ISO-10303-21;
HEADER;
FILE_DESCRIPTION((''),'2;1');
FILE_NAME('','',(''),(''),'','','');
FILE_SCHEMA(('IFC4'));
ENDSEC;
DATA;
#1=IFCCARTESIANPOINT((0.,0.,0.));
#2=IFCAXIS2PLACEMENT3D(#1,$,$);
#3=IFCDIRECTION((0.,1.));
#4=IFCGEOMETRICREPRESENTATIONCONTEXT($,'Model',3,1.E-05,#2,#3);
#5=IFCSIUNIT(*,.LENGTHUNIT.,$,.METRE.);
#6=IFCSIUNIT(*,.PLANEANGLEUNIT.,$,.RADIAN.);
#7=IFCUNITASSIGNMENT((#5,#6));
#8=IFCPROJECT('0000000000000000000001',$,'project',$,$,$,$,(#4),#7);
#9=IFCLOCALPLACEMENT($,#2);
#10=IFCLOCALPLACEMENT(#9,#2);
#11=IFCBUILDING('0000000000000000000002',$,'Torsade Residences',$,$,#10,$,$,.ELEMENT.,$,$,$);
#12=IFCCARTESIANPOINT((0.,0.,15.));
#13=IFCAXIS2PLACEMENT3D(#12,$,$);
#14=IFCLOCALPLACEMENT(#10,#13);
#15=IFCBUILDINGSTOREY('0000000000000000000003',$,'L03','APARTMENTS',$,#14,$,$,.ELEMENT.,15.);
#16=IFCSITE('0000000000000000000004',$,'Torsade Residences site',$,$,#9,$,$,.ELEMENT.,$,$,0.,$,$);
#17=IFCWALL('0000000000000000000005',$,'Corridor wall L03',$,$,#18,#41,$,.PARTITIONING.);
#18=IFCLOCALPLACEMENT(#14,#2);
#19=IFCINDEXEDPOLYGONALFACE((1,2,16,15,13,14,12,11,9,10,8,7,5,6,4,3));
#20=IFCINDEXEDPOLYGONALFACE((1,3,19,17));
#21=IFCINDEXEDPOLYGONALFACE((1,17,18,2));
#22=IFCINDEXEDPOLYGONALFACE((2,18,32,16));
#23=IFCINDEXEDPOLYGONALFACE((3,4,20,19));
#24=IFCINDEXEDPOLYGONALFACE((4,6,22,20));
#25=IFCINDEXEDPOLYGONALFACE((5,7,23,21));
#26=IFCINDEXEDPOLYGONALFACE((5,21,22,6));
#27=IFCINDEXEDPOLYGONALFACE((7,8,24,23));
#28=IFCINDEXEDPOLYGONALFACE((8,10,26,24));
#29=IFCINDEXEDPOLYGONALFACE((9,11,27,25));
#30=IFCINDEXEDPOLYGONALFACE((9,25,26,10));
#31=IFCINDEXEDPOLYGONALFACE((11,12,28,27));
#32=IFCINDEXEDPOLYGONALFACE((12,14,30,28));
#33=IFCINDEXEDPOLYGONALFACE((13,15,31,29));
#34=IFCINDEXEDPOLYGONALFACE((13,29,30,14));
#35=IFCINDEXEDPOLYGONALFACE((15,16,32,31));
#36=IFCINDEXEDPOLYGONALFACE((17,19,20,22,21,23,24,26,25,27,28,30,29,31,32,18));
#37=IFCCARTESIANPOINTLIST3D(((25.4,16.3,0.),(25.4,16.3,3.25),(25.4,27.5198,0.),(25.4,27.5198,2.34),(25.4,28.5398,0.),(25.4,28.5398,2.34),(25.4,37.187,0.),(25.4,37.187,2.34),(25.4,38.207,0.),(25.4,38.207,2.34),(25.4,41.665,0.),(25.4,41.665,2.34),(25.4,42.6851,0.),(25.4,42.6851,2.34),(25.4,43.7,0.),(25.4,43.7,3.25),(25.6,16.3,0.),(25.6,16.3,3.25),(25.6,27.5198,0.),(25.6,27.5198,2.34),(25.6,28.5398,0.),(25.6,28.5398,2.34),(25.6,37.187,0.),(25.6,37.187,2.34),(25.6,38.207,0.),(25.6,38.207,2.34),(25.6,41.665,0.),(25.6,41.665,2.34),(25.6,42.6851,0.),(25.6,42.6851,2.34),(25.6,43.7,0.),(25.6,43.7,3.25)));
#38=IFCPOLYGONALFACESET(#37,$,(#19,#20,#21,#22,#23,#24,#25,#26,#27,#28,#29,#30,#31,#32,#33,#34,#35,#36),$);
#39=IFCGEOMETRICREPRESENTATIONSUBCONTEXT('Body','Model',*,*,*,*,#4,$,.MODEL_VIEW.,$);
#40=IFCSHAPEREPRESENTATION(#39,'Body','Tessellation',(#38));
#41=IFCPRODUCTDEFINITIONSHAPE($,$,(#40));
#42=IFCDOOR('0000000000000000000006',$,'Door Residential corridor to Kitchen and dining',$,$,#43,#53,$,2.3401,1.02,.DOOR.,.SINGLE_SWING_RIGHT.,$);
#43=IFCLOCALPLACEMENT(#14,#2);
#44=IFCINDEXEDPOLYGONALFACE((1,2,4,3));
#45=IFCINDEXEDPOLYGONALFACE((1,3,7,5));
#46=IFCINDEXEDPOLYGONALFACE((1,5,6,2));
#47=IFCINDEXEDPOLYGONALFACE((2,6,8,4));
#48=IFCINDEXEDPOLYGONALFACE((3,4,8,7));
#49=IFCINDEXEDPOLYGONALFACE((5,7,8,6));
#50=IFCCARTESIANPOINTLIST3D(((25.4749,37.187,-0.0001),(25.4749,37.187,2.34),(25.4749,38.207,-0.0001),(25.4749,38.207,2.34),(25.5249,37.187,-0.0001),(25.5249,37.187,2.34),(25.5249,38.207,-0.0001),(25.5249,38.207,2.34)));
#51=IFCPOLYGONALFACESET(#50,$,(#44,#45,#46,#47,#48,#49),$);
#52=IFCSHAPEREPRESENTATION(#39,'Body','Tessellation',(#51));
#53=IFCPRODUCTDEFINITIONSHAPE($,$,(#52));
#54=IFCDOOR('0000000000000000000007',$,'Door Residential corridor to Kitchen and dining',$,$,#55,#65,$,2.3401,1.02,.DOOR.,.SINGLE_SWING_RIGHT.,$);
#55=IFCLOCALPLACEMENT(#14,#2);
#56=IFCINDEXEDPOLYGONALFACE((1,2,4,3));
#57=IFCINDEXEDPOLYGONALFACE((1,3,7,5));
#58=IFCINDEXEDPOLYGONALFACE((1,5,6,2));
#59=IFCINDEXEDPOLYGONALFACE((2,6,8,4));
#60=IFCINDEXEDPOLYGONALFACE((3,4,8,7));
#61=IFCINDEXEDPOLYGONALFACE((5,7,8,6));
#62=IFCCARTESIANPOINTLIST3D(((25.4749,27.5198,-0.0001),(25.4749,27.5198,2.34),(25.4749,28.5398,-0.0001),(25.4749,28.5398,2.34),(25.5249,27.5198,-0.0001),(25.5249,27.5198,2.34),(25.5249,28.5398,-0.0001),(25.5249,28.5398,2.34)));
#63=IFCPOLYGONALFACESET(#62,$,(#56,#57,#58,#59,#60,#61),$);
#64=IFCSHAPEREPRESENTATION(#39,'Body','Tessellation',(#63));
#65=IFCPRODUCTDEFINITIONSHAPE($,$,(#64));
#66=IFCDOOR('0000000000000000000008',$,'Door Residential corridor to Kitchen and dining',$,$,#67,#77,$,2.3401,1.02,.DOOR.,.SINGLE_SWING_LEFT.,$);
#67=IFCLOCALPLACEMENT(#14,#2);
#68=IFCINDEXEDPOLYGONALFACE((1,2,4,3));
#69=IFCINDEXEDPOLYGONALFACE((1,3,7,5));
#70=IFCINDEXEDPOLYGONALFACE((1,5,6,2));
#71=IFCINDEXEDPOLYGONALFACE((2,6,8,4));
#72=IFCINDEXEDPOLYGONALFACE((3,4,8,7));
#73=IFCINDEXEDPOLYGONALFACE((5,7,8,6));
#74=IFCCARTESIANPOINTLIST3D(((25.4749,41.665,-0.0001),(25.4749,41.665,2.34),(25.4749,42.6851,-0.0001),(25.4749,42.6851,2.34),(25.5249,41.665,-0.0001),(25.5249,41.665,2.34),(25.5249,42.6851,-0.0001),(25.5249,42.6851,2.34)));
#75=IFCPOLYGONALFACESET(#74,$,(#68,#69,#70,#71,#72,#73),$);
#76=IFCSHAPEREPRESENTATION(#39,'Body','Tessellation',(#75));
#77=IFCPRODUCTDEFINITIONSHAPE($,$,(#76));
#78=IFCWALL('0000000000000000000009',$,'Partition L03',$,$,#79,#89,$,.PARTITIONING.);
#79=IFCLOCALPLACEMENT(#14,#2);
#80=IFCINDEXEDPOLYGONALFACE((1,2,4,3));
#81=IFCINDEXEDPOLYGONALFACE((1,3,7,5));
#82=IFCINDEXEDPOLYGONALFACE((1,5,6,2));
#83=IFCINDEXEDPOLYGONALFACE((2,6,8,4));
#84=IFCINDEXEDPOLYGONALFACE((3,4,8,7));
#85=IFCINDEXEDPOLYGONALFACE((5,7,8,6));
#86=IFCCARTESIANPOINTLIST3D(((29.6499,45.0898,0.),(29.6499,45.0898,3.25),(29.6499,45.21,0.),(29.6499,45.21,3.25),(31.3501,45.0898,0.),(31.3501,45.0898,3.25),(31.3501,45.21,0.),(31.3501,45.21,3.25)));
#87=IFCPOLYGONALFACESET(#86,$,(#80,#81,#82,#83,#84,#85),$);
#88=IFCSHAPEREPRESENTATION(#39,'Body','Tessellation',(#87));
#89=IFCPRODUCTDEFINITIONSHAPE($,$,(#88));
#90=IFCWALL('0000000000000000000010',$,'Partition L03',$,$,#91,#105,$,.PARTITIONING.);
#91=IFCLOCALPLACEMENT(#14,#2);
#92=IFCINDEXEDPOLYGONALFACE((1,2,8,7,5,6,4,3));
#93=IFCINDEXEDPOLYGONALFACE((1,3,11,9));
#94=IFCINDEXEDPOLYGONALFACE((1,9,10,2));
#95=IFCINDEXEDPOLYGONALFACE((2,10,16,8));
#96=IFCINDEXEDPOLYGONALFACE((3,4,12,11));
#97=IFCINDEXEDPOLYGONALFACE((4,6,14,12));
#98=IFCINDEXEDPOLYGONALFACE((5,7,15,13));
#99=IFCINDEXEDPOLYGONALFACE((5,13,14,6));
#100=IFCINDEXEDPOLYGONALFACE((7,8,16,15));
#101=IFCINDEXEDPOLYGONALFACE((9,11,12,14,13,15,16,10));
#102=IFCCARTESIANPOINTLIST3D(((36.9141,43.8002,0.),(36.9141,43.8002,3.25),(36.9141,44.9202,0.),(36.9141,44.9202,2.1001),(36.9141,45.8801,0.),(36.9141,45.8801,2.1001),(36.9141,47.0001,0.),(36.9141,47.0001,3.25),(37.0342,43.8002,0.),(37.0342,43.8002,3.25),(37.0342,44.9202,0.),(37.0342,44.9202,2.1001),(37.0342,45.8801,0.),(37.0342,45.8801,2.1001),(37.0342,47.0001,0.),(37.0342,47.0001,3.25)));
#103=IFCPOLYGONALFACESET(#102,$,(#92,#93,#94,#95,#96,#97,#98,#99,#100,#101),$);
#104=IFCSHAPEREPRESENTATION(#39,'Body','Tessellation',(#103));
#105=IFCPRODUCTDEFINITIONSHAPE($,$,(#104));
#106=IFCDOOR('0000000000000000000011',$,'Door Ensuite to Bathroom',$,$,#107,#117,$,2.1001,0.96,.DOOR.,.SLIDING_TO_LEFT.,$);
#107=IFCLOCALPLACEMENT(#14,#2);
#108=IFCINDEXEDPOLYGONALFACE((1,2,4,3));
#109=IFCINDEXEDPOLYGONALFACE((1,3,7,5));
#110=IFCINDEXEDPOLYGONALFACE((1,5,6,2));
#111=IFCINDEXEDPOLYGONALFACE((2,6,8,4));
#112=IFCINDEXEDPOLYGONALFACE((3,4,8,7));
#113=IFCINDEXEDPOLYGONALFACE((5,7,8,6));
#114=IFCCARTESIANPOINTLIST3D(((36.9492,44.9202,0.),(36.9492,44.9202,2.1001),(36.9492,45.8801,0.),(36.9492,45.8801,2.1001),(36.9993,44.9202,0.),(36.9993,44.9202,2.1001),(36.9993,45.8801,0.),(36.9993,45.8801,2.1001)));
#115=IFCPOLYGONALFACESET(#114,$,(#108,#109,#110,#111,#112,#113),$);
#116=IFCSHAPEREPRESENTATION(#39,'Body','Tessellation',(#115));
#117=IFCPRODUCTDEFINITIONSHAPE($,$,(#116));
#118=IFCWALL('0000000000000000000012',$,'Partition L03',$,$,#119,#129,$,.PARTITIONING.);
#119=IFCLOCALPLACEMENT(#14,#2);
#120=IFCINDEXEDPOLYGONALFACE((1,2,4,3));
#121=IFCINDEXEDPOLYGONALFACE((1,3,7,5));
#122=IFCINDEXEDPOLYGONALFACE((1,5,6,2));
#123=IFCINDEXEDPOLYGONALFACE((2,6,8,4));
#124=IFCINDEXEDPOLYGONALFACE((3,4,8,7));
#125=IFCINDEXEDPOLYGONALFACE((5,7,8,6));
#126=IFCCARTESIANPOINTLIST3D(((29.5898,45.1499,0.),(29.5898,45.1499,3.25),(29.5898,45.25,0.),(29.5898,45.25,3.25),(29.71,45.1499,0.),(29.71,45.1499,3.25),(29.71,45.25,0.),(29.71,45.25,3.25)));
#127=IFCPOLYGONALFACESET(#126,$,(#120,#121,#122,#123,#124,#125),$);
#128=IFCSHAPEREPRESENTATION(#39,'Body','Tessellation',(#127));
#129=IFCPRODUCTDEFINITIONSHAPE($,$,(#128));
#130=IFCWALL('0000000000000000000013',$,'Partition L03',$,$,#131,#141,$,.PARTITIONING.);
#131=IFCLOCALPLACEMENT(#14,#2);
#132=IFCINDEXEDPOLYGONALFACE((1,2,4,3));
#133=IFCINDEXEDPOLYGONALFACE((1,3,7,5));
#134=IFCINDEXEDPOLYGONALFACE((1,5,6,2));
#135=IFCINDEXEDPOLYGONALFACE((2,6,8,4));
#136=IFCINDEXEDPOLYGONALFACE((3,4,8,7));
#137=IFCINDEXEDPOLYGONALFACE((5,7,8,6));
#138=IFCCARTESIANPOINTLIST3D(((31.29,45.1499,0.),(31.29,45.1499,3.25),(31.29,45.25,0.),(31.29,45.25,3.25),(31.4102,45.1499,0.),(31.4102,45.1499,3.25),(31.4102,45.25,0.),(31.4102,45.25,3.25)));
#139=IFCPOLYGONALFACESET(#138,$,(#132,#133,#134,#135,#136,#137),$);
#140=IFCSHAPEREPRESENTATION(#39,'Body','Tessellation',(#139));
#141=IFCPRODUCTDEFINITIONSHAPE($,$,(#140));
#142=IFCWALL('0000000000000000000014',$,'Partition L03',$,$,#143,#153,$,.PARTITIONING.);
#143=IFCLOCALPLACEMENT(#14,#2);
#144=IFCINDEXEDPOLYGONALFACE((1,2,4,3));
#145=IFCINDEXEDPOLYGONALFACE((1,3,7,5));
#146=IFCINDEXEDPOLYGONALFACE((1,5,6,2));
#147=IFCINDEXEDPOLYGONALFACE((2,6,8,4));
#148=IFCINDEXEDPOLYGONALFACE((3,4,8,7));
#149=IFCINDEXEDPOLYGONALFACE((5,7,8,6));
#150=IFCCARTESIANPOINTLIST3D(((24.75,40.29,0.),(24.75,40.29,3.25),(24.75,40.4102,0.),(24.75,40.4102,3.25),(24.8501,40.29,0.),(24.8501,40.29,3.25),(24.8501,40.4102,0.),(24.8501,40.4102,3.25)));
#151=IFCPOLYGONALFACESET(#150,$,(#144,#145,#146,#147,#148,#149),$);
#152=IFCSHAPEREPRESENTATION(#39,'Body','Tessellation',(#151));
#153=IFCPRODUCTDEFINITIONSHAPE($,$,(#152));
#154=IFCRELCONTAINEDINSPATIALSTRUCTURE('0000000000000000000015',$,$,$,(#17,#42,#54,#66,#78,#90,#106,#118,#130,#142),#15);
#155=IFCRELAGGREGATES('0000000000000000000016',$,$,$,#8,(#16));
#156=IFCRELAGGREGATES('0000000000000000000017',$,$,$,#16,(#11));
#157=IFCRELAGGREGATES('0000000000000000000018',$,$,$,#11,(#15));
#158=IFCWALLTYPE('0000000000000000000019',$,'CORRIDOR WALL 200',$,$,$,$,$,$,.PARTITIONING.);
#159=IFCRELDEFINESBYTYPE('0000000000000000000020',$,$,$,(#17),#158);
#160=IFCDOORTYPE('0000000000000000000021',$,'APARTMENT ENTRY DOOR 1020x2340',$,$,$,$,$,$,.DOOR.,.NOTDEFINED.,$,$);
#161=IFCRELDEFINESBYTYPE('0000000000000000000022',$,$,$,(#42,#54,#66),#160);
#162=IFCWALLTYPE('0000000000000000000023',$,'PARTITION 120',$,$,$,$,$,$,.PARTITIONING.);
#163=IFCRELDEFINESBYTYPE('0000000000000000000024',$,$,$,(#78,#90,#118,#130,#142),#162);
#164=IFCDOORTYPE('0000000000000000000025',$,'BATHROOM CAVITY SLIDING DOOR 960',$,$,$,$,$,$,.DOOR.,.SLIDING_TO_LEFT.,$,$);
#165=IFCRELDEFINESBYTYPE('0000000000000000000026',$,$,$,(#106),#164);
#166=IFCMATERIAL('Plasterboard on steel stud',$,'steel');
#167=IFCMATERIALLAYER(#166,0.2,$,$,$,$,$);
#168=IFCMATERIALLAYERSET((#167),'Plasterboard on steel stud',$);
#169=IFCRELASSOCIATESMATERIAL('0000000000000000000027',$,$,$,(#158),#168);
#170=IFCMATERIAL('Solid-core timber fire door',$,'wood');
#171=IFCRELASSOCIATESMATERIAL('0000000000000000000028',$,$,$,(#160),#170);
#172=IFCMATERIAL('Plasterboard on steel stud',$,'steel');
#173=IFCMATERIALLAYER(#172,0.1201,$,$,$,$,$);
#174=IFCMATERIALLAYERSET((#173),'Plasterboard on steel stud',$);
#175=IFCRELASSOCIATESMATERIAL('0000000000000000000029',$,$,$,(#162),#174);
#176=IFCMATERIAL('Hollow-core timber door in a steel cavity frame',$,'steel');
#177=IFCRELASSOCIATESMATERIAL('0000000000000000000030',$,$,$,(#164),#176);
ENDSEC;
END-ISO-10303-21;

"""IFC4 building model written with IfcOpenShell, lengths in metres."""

from ifc_helpers import new_model, si_unit, direction, frame, frame_2d, origin, place, context, subcontext, project, spatial, rectangle, extrude, material, layer, layer_set, type_object, element, fill, save


model = new_model("IFC4")

# Units and contexts
model_context = context("Model", 3, precision=1e-05, world=origin(), true_north=direction((0.0, 1.0)))
body_context = subcontext(model_context, "Body", "Model", "MODEL_VIEW")
ifc_project = project(units=[si_unit("LENGTHUNIT", "METRE"), si_unit("PLANEANGLEUNIT", "RADIAN")], contexts=[model_context])

# Site, building, storey
site_placement = place(None, origin())
site = spatial("IfcSite", under=ifc_project, at=site_placement, Name="Torsade Residences site", CompositionType="ELEMENT", RefElevation=0.0)
building_placement = place(site_placement, origin())
building = spatial("IfcBuilding", under=site, at=building_placement, Name="Torsade Residences", CompositionType="ELEMENT")
storey_placement = place(building_placement, frame((0.0, 0.0, 15.0)))
storey = spatial("IfcBuildingStorey", under=building, at=storey_placement, Name="L03", Description="APARTMENTS", CompositionType="ELEMENT", Elevation=15.0)

# Wall, openings, doors
ifc_material_1 = material(Name="Plasterboard on steel stud", Category="steel")
ifc_layer_1 = layer(ifc_material_1, 0.2)
ifc_layer_set_1 = layer_set([ifc_layer_1], Name="Plasterboard on steel stud")
wall_type_1 = type_object("IfcWallType", Name="CORRIDOR WALL 200", PredefinedType="PARTITIONING", material=ifc_layer_set_1)
wall_1_placement = place(storey_placement, frame((25.5, 43.7, 0.0), z_axis=(0.0, 0.0, 1.0), x_axis=(0.0, -1.0, 0.0)))
wall_1 = element("IfcWall", 1, at=wall_1_placement, inside=storey, type_object=wall_type_1, Name="Corridor wall L03", PredefinedType="PARTITIONING", context=body_context, shape_type="SweptSolid", body=[
    extrude(rectangle(XDim=27.3999, YDim=0.2, at=frame_2d((13.7, 0.0))), origin(), (0.0, 0.0, 1.0), 3.25),
])
opening_1_placement = place(wall_1_placement, frame((5.4929, 0.0, 0.0)))
opening_1 = element("IfcOpeningElement", 2, at=opening_1_placement, cuts=wall_1, PredefinedType="OPENING", context=body_context, shape_type="SweptSolid", body=[
    extrude(rectangle(XDim=1.02, YDim=2.3401, at=frame_2d((0.51, 1.1699))), frame((0.0, 0.1099, 0.0), z_axis=(0.0, -1.0, 0.0), x_axis=(1.0, 0.0, 0.0)), (0.0, 0.0, 1.0), 0.22),
])
opening_2_placement = place(wall_1_placement, frame((15.1602, 0.0, 0.0)))
opening_2 = element("IfcOpeningElement", 3, at=opening_2_placement, cuts=wall_1, PredefinedType="OPENING", context=body_context, shape_type="SweptSolid", body=[
    extrude(rectangle(XDim=1.02, YDim=2.3401, at=frame_2d((0.51, 1.1699))), frame((0.0, 0.1099, 0.0), z_axis=(0.0, -1.0, 0.0), x_axis=(1.0, 0.0, 0.0)), (0.0, 0.0, 1.0), 0.22),
])
opening_3_placement = place(wall_1_placement, frame((1.0149, 0.0, 0.0)))
opening_3 = element("IfcOpeningElement", 4, at=opening_3_placement, cuts=wall_1, PredefinedType="OPENING", context=body_context, shape_type="SweptSolid", body=[
    extrude(rectangle(XDim=1.02, YDim=2.3401, at=frame_2d((0.51, 1.1699))), frame((0.0, 0.1099, 0.0), z_axis=(0.0, -1.0, 0.0), x_axis=(1.0, 0.0, 0.0)), (0.0, 0.0, 1.0), 0.22),
])
ifc_material_2 = material(Name="Solid-core timber fire door", Category="wood")
door_type_1 = type_object("IfcDoorType", Name="APARTMENT ENTRY DOOR 1020x2340", OperationType="NOTDEFINED", PredefinedType="DOOR", material=ifc_material_2)
door_1_placement = place(opening_1_placement, origin())
door_1 = element("IfcDoor", 5, at=door_1_placement, inside=storey, type_object=door_type_1, Name="Door Residential corridor to Kitchen and dining", OperationType="SINGLE_SWING_RIGHT", OverallHeight=2.3401, OverallWidth=1.02, PredefinedType="DOOR", context=body_context, shape_type="SweptSolid", body=[
    extrude(rectangle(XDim=1.02, YDim=2.3401, at=frame_2d((0.51, 1.1699))), frame((0.0, 0.0249, 0.0), z_axis=(0.0, -1.0, 0.0), x_axis=(1.0, 0.0, 0.0)), (0.0, 0.0, 1.0), 0.05),
])
fill(opening_1, door_1)
door_2_placement = place(opening_2_placement, origin())
door_2 = element("IfcDoor", 6, at=door_2_placement, inside=storey, type_object=door_type_1, Name="Door Residential corridor to Kitchen and dining", OperationType="SINGLE_SWING_RIGHT", OverallHeight=2.3401, OverallWidth=1.02, PredefinedType="DOOR", context=body_context, shape_type="SweptSolid", body=[
    extrude(rectangle(XDim=1.02, YDim=2.3401, at=frame_2d((0.51, 1.1699))), frame((0.0, 0.0249, 0.0), z_axis=(0.0, -1.0, 0.0), x_axis=(1.0, 0.0, 0.0)), (0.0, 0.0, 1.0), 0.05),
])
fill(opening_2, door_2)
door_3_placement = place(opening_3_placement, origin())
door_3 = element("IfcDoor", 7, at=door_3_placement, inside=storey, type_object=door_type_1, Name="Door Residential corridor to Kitchen and dining", OperationType="SINGLE_SWING_LEFT", OverallHeight=2.3401, OverallWidth=1.02, PredefinedType="DOOR", context=body_context, shape_type="SweptSolid", body=[
    extrude(rectangle(XDim=1.02, YDim=2.3401, at=frame_2d((0.51, 1.1699))), frame((0.0, 0.0249, 0.0), z_axis=(0.0, -1.0, 0.0), x_axis=(1.0, 0.0, 0.0)), (0.0, 0.0, 1.0), 0.05),
])
fill(opening_3, door_3)

# Wall
ifc_material_3 = material(Name="Plasterboard on steel stud", Category="steel")
ifc_layer_2 = layer(ifc_material_3, 0.1201)
ifc_layer_set_2 = layer_set([ifc_layer_2], Name="Plasterboard on steel stud")
wall_type_2 = type_object("IfcWallType", Name="PARTITION 120", PredefinedType="PARTITIONING", material=ifc_layer_set_2)
wall_2_placement = place(storey_placement, frame((29.6499, 45.1499, 0.0), z_axis=(0.0, 0.0, 1.0), x_axis=(1.0, 0.0, 0.0)))
element("IfcWall", 8, at=wall_2_placement, inside=storey, type_object=wall_type_2, Name="Partition L03", PredefinedType="PARTITIONING", context=body_context, shape_type="SweptSolid", body=[
    extrude(rectangle(XDim=1.7002, YDim=0.1201, at=frame_2d((0.8501, 0.0))), origin(), (0.0, 0.0, 1.0), 3.25),
])

# Wall, opening, door
wall_3_placement = place(storey_placement, frame((36.9741, 43.8, 0.0), z_axis=(0.0, 0.0, 1.0), x_axis=(0.0, 1.0, 0.0)))
wall_3 = element("IfcWall", 9, at=wall_3_placement, inside=storey, type_object=wall_type_2, Name="Partition L03", PredefinedType="PARTITIONING", context=body_context, shape_type="SweptSolid", body=[
    extrude(rectangle(XDim=3.2, YDim=0.1201, at=frame_2d((1.6001, 0.0))), origin(), (0.0, 0.0, 1.0), 3.25),
])
opening_4_placement = place(wall_3_placement, frame((1.1201, 0.0, 0.0)))
opening_4 = element("IfcOpeningElement", 10, at=opening_4_placement, cuts=wall_3, PredefinedType="OPENING", context=body_context, shape_type="SweptSolid", body=[
    extrude(rectangle(XDim=0.96, YDim=2.1001, at=frame_2d((0.48, 1.05))), frame((0.0, 0.0701, 0.0), z_axis=(0.0, -1.0, 0.0), x_axis=(1.0, 0.0, 0.0)), (0.0, 0.0, 1.0), 0.1401),
])
ifc_material_4 = material(Name="Hollow-core timber door in a steel cavity frame", Category="steel")
door_type_2 = type_object("IfcDoorType", Name="BATHROOM CAVITY SLIDING DOOR 960", OperationType="SLIDING_TO_LEFT", PredefinedType="DOOR", material=ifc_material_4)
door_4_placement = place(opening_4_placement, origin())
door_4 = element("IfcDoor", 11, at=door_4_placement, inside=storey, type_object=door_type_2, Name="Door Ensuite to Bathroom", OperationType="SLIDING_TO_LEFT", OverallHeight=2.1001, OverallWidth=0.96, PredefinedType="DOOR", context=body_context, shape_type="SweptSolid", body=[
    extrude(rectangle(XDim=0.96, YDim=2.1001, at=frame_2d((0.48, 1.05))), frame((0.0, 0.0249, 0.0), z_axis=(0.0, -1.0, 0.0), x_axis=(1.0, 0.0, 0.0)), (0.0, 0.0, 1.0), 0.05),
])
fill(opening_4, door_4)

# Walls
for number, where, z_axis, x_axis, name in (
    (12, (29.6499, 45.1499, 0.0), (0.0, 0.0, 1.0), (0.0, 1.0, 0.0), "Partition L03"),
    (13, (31.3501, 45.1499, 0.0), (0.0, 0.0, 1.0), (0.0, 1.0, 0.0), "Partition L03"),
    (14, (24.8501, 40.3501, 0.0), (0.0, 0.0, 1.0), (-1.0, 0.0, 0.0), "Partition L03"),
):
    element("IfcWall", number, at=place(storey_placement, frame(where, z_axis=z_axis, x_axis=x_axis)), inside=storey, type_object=wall_type_2, Name=name, PredefinedType="PARTITIONING", context=body_context, shape_type="SweptSolid", body=[
        extrude(rectangle(XDim=0.1001, YDim=0.1201, at=frame_2d((0.05, 0.0))), origin(), (0.0, 0.0, 1.0), 3.25),
    ])

save(model, "model.ifc")
